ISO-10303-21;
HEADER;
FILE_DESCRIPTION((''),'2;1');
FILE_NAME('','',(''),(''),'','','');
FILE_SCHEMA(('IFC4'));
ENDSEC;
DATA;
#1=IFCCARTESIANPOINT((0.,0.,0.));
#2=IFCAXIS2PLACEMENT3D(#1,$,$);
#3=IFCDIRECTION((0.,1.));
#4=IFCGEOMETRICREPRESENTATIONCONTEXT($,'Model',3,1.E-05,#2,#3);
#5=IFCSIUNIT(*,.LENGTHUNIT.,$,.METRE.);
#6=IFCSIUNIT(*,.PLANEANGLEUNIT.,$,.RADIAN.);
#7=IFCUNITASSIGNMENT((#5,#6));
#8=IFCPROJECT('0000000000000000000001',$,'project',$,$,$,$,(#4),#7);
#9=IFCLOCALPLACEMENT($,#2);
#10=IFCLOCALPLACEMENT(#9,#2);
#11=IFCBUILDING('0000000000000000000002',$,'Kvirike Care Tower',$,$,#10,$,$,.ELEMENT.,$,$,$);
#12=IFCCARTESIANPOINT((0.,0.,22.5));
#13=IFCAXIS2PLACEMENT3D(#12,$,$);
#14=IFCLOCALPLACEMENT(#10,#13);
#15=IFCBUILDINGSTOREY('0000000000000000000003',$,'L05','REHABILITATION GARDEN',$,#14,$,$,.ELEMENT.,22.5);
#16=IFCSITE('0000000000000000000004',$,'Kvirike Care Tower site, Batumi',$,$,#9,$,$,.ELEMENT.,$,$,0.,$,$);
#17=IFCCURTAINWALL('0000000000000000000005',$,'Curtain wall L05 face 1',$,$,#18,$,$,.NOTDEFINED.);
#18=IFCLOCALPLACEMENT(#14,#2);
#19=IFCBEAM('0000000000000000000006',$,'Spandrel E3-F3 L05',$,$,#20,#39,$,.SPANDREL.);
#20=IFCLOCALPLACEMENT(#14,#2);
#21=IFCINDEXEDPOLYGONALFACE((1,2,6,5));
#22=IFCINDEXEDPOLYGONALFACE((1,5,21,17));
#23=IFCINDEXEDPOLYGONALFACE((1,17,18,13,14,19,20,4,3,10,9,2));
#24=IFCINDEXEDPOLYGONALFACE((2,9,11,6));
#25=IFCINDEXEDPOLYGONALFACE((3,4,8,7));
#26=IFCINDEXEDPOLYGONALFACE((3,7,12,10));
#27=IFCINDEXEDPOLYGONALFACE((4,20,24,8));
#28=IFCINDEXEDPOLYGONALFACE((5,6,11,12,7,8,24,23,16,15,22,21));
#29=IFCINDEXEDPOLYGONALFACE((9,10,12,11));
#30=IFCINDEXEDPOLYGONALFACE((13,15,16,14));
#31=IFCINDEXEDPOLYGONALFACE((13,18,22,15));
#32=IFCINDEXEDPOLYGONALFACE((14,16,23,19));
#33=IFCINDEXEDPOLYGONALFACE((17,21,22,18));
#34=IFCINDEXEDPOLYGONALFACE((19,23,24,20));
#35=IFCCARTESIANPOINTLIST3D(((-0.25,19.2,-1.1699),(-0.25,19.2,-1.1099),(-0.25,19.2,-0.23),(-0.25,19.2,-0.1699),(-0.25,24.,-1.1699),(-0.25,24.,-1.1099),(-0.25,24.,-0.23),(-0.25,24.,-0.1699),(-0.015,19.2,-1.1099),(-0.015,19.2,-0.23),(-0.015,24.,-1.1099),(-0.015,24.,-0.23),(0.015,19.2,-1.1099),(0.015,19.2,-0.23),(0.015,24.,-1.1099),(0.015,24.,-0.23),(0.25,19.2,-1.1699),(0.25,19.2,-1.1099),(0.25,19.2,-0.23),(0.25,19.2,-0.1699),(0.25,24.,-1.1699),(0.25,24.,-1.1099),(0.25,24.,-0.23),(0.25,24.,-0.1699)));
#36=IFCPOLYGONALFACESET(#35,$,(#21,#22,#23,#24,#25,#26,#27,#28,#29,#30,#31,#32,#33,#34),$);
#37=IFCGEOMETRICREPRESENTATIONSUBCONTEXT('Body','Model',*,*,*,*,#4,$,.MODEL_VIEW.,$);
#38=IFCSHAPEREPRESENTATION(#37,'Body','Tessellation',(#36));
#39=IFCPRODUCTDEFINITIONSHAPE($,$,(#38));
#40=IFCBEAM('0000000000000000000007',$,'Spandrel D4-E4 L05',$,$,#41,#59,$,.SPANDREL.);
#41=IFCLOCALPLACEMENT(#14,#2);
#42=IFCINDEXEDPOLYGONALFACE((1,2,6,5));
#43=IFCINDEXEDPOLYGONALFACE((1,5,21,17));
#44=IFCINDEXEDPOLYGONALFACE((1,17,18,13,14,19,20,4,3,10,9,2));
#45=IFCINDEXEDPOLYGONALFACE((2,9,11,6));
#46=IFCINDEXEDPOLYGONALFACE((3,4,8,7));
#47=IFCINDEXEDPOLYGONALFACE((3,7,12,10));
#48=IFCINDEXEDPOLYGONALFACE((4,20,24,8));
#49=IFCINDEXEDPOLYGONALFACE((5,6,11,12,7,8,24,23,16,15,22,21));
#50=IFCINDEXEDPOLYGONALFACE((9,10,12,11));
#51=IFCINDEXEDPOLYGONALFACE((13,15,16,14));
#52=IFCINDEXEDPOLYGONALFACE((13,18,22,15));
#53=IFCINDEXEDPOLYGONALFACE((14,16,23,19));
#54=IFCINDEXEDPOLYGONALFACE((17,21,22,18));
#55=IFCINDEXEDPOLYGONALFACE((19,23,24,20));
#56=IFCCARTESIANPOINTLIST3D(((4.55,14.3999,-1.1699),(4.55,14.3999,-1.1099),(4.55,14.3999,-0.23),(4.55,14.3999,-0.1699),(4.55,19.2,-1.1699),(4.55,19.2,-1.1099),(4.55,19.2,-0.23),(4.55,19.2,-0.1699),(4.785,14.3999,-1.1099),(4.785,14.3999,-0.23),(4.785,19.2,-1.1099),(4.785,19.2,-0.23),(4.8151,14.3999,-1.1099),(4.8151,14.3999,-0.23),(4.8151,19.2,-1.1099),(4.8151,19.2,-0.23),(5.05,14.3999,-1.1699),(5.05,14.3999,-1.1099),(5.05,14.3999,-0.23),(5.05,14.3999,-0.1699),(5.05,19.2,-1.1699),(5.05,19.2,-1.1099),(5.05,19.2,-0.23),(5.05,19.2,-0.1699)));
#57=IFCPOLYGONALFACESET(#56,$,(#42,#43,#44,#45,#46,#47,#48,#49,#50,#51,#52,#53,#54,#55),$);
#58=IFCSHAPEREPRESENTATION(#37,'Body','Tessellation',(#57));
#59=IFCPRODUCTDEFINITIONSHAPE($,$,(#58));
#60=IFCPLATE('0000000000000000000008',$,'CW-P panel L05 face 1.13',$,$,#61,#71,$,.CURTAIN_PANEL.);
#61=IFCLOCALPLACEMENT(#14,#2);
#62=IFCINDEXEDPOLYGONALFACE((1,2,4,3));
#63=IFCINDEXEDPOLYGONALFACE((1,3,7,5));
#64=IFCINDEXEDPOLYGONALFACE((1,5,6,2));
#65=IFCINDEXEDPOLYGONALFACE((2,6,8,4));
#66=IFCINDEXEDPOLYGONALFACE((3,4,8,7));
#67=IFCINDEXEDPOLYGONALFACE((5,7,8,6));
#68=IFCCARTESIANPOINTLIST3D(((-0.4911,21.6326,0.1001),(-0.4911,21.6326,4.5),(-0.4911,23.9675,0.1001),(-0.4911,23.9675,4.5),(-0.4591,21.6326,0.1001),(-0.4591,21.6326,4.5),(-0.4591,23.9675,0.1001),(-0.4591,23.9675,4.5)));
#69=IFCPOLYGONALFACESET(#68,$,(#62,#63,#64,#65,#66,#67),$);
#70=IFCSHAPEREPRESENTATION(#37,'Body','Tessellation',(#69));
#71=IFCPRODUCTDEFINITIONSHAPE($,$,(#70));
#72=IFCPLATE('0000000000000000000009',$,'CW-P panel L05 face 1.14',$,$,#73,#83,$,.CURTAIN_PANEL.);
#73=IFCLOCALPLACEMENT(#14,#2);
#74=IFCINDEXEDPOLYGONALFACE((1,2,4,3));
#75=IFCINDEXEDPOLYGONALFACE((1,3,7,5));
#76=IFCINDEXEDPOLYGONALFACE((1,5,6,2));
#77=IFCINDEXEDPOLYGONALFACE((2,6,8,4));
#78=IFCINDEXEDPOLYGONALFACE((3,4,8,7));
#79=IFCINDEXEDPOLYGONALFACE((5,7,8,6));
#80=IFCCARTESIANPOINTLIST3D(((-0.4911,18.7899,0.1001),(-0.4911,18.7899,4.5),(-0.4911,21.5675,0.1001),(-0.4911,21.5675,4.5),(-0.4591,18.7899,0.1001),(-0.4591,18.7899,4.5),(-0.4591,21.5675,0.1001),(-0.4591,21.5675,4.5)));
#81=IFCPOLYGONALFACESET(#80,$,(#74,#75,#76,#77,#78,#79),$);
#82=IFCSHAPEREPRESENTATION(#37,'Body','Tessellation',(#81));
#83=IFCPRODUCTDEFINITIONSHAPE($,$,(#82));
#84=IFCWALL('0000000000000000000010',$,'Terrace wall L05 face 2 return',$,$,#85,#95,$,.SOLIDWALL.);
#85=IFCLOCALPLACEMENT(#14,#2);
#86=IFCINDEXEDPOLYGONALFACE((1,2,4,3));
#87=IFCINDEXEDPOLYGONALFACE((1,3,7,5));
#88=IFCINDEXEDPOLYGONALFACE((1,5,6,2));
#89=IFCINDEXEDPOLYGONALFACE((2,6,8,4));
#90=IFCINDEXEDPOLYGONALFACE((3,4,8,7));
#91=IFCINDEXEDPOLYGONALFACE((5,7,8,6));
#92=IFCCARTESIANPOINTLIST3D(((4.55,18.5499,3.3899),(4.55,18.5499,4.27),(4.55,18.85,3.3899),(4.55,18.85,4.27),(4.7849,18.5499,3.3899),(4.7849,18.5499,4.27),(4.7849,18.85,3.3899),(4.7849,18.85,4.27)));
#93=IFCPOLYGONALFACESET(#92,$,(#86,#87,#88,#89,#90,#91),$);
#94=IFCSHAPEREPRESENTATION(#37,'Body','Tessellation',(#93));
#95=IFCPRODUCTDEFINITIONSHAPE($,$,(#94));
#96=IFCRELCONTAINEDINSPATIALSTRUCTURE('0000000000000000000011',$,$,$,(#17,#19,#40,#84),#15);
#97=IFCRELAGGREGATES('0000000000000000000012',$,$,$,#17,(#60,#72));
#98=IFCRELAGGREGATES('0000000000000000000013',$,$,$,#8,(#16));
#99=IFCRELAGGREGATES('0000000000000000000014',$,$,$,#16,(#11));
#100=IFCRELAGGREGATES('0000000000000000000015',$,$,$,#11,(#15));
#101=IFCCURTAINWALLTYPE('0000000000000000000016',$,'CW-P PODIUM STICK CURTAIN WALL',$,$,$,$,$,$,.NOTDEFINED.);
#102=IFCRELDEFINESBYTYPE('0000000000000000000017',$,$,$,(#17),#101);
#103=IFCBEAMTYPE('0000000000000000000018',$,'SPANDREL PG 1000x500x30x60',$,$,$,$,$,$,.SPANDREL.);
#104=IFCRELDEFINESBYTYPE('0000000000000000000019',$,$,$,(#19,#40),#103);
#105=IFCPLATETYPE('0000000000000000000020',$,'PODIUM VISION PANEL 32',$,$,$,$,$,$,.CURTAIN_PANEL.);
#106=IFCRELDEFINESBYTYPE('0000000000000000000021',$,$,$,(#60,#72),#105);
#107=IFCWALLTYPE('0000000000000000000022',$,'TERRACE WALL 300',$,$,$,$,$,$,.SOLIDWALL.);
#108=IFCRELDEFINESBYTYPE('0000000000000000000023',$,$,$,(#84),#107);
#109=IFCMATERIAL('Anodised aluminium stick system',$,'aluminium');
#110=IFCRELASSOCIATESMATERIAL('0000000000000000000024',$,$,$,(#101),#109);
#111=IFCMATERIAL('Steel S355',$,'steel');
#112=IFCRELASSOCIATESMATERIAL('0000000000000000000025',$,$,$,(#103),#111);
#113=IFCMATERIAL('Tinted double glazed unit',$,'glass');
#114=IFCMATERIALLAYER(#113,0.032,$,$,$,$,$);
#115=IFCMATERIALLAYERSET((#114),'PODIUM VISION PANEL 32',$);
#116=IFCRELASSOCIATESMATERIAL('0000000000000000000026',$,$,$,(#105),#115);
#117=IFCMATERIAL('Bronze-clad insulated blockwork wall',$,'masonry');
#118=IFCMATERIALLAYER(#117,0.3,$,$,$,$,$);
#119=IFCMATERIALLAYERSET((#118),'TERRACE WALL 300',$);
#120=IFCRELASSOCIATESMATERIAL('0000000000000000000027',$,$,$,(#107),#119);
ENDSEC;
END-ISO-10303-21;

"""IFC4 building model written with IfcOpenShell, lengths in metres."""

from ifc_helpers import new_model, si_unit, direction, frame, frame_2d, origin, origin_2d, place, context, subcontext, project, spatial, rectangle, i_section, extrude, material, layer, layer_set, material_profile, profile_set, type_object, element, aggregate, save


model = new_model("IFC4")

# Units and contexts
model_context = context("Model", 3, precision=1e-05, world=origin(), true_north=direction((0.0, 1.0)))
body_context = subcontext(model_context, "Body", "Model", "MODEL_VIEW")
ifc_project = project(units=[si_unit("LENGTHUNIT", "METRE"), si_unit("PLANEANGLEUNIT", "RADIAN")], contexts=[model_context])

# Site, building, storey
site_placement = place(None, origin())
site = spatial("IfcSite", under=ifc_project, at=site_placement, Name="Kvirike Care Tower site, Batumi", CompositionType="ELEMENT", RefElevation=0.0)
building_placement = place(site_placement, origin())
building = spatial("IfcBuilding", under=site, at=building_placement, Name="Kvirike Care Tower", CompositionType="ELEMENT")
storey_placement = place(building_placement, frame((0.0, 0.0, 22.5)))
storey = spatial("IfcBuildingStorey", under=building, at=storey_placement, Name="L05", Description="REHABILITATION GARDEN", CompositionType="ELEMENT", Elevation=22.5)

# Curtain wall
ifc_material_1 = material(Name="Anodised aluminium stick system", Category="aluminium")
curtain_wall_type = type_object("IfcCurtainWallType", Name="CW-P PODIUM STICK CURTAIN WALL", PredefinedType="NOTDEFINED", material=ifc_material_1)
curtain_wall_placement = place(storey_placement, origin())
curtain_wall = element("IfcCurtainWall", 1, at=curtain_wall_placement, inside=storey, type_object=curtain_wall_type, Name="Curtain wall L05 face 1", PredefinedType="NOTDEFINED")

# Beams
ifc_material_2 = material(Name="Steel S355", Category="steel")
ifc_material_profile_1 = material_profile(ifc_material_2, i_section(OverallWidth=0.5, OverallDepth=1.0, WebThickness=0.03, FlangeThickness=0.0601, at=origin_2d()), Name="PG 1000x500x30x60")
ifc_profile_set_1 = profile_set([ifc_material_profile_1], Name="Steel S355")
beam_type_1 = type_object("IfcBeamType", Name="SPANDREL PG 1000x500x30x60", PredefinedType="SPANDREL", material=ifc_profile_set_1)
for number, where, z_axis, x_axis, name in (
    (2, (0.0, 19.2, -0.6699), (0.0, 1.0, 0.0), (-1.0, 0.0, 0.0), "Spandrel E3-F3 L05"),
    (3, (4.8, 14.3999, -0.6699), (0.0, 1.0, 0.0), (-1.0, 0.0, 0.0), "Spandrel D4-E4 L05"),
):
    element("IfcBeam", number, at=place(storey_placement, frame(where, z_axis=z_axis, x_axis=x_axis)), inside=storey, type_object=beam_type_1, Name=name, PredefinedType="SPANDREL", context=body_context, shape_type="SweptSolid", body=[
        extrude(i_section(OverallWidth=0.5, OverallDepth=1.0, WebThickness=0.03, FlangeThickness=0.0601, at=origin_2d()), origin(), (0.0, 0.0, 1.0), 4.8),
    ])

# Plates
ifc_material_3 = material(Name="Tinted double glazed unit", Category="glass")
ifc_layer_1 = layer(ifc_material_3, 0.032)
ifc_layer_set_1 = layer_set([ifc_layer_1], Name="PODIUM VISION PANEL 32")
plate_type = type_object("IfcPlateType", Name="PODIUM VISION PANEL 32", PredefinedType="CURTAIN_PANEL", material=ifc_layer_set_1)
plate_1_placement = place(storey_placement, frame((-0.4751, 22.8, 0.1001), z_axis=(0.0, 0.0, 1.0), x_axis=(0.0, -1.0, 0.0)))
plate_1 = element("IfcPlate", 4, at=plate_1_placement, type_object=plate_type, Name="CW-P panel L05 face 1.13", PredefinedType="CURTAIN_PANEL", context=body_context, shape_type="SweptSolid", body=[
    extrude(rectangle(XDim=2.335, YDim=0.032, at=origin_2d()), origin(), (0.0, 0.0, 1.0), 4.3999),
])
plate_2_placement = place(storey_placement, frame((-0.4751, 20.1787, 0.1001), z_axis=(0.0, 0.0, 1.0), x_axis=(0.0, -1.0, 0.0)))
plate_2 = element("IfcPlate", 5, at=plate_2_placement, type_object=plate_type, Name="CW-P panel L05 face 1.14", PredefinedType="CURTAIN_PANEL", context=body_context, shape_type="SweptSolid", body=[
    extrude(rectangle(XDim=2.7776, YDim=0.032, at=origin_2d()), origin(), (0.0, 0.0, 1.0), 4.3999),
])
aggregate(curtain_wall, [plate_1, plate_2])

# Shared definitions
ifc_material_4 = material(Name="Bronze-clad insulated blockwork wall", Category="masonry")
ifc_layer_2 = layer(ifc_material_4, 0.3)
ifc_layer_set_2 = layer_set([ifc_layer_2], Name="TERRACE WALL 300")
wall_type = type_object("IfcWallType", Name="TERRACE WALL 300", PredefinedType="SOLIDWALL", material=ifc_layer_set_2)

# Wall
wall_1_placement = place(storey_placement, frame((4.55, 18.7, 3.3899), z_axis=(0.0, 0.0, 1.0), x_axis=(1.0, 0.0, 0.0)))
element("IfcWall", 6, at=wall_1_placement, inside=storey, type_object=wall_type, Name="Terrace wall L05 face 2 return", PredefinedType="SOLIDWALL", context=body_context, shape_type="SweptSolid", body=[
    extrude(rectangle(XDim=0.2349, YDim=0.3, at=frame_2d((0.1174, 0.0))), origin(), (0.0, 0.0, 1.0), 0.8801),
])

save(model, "model.ifc")
